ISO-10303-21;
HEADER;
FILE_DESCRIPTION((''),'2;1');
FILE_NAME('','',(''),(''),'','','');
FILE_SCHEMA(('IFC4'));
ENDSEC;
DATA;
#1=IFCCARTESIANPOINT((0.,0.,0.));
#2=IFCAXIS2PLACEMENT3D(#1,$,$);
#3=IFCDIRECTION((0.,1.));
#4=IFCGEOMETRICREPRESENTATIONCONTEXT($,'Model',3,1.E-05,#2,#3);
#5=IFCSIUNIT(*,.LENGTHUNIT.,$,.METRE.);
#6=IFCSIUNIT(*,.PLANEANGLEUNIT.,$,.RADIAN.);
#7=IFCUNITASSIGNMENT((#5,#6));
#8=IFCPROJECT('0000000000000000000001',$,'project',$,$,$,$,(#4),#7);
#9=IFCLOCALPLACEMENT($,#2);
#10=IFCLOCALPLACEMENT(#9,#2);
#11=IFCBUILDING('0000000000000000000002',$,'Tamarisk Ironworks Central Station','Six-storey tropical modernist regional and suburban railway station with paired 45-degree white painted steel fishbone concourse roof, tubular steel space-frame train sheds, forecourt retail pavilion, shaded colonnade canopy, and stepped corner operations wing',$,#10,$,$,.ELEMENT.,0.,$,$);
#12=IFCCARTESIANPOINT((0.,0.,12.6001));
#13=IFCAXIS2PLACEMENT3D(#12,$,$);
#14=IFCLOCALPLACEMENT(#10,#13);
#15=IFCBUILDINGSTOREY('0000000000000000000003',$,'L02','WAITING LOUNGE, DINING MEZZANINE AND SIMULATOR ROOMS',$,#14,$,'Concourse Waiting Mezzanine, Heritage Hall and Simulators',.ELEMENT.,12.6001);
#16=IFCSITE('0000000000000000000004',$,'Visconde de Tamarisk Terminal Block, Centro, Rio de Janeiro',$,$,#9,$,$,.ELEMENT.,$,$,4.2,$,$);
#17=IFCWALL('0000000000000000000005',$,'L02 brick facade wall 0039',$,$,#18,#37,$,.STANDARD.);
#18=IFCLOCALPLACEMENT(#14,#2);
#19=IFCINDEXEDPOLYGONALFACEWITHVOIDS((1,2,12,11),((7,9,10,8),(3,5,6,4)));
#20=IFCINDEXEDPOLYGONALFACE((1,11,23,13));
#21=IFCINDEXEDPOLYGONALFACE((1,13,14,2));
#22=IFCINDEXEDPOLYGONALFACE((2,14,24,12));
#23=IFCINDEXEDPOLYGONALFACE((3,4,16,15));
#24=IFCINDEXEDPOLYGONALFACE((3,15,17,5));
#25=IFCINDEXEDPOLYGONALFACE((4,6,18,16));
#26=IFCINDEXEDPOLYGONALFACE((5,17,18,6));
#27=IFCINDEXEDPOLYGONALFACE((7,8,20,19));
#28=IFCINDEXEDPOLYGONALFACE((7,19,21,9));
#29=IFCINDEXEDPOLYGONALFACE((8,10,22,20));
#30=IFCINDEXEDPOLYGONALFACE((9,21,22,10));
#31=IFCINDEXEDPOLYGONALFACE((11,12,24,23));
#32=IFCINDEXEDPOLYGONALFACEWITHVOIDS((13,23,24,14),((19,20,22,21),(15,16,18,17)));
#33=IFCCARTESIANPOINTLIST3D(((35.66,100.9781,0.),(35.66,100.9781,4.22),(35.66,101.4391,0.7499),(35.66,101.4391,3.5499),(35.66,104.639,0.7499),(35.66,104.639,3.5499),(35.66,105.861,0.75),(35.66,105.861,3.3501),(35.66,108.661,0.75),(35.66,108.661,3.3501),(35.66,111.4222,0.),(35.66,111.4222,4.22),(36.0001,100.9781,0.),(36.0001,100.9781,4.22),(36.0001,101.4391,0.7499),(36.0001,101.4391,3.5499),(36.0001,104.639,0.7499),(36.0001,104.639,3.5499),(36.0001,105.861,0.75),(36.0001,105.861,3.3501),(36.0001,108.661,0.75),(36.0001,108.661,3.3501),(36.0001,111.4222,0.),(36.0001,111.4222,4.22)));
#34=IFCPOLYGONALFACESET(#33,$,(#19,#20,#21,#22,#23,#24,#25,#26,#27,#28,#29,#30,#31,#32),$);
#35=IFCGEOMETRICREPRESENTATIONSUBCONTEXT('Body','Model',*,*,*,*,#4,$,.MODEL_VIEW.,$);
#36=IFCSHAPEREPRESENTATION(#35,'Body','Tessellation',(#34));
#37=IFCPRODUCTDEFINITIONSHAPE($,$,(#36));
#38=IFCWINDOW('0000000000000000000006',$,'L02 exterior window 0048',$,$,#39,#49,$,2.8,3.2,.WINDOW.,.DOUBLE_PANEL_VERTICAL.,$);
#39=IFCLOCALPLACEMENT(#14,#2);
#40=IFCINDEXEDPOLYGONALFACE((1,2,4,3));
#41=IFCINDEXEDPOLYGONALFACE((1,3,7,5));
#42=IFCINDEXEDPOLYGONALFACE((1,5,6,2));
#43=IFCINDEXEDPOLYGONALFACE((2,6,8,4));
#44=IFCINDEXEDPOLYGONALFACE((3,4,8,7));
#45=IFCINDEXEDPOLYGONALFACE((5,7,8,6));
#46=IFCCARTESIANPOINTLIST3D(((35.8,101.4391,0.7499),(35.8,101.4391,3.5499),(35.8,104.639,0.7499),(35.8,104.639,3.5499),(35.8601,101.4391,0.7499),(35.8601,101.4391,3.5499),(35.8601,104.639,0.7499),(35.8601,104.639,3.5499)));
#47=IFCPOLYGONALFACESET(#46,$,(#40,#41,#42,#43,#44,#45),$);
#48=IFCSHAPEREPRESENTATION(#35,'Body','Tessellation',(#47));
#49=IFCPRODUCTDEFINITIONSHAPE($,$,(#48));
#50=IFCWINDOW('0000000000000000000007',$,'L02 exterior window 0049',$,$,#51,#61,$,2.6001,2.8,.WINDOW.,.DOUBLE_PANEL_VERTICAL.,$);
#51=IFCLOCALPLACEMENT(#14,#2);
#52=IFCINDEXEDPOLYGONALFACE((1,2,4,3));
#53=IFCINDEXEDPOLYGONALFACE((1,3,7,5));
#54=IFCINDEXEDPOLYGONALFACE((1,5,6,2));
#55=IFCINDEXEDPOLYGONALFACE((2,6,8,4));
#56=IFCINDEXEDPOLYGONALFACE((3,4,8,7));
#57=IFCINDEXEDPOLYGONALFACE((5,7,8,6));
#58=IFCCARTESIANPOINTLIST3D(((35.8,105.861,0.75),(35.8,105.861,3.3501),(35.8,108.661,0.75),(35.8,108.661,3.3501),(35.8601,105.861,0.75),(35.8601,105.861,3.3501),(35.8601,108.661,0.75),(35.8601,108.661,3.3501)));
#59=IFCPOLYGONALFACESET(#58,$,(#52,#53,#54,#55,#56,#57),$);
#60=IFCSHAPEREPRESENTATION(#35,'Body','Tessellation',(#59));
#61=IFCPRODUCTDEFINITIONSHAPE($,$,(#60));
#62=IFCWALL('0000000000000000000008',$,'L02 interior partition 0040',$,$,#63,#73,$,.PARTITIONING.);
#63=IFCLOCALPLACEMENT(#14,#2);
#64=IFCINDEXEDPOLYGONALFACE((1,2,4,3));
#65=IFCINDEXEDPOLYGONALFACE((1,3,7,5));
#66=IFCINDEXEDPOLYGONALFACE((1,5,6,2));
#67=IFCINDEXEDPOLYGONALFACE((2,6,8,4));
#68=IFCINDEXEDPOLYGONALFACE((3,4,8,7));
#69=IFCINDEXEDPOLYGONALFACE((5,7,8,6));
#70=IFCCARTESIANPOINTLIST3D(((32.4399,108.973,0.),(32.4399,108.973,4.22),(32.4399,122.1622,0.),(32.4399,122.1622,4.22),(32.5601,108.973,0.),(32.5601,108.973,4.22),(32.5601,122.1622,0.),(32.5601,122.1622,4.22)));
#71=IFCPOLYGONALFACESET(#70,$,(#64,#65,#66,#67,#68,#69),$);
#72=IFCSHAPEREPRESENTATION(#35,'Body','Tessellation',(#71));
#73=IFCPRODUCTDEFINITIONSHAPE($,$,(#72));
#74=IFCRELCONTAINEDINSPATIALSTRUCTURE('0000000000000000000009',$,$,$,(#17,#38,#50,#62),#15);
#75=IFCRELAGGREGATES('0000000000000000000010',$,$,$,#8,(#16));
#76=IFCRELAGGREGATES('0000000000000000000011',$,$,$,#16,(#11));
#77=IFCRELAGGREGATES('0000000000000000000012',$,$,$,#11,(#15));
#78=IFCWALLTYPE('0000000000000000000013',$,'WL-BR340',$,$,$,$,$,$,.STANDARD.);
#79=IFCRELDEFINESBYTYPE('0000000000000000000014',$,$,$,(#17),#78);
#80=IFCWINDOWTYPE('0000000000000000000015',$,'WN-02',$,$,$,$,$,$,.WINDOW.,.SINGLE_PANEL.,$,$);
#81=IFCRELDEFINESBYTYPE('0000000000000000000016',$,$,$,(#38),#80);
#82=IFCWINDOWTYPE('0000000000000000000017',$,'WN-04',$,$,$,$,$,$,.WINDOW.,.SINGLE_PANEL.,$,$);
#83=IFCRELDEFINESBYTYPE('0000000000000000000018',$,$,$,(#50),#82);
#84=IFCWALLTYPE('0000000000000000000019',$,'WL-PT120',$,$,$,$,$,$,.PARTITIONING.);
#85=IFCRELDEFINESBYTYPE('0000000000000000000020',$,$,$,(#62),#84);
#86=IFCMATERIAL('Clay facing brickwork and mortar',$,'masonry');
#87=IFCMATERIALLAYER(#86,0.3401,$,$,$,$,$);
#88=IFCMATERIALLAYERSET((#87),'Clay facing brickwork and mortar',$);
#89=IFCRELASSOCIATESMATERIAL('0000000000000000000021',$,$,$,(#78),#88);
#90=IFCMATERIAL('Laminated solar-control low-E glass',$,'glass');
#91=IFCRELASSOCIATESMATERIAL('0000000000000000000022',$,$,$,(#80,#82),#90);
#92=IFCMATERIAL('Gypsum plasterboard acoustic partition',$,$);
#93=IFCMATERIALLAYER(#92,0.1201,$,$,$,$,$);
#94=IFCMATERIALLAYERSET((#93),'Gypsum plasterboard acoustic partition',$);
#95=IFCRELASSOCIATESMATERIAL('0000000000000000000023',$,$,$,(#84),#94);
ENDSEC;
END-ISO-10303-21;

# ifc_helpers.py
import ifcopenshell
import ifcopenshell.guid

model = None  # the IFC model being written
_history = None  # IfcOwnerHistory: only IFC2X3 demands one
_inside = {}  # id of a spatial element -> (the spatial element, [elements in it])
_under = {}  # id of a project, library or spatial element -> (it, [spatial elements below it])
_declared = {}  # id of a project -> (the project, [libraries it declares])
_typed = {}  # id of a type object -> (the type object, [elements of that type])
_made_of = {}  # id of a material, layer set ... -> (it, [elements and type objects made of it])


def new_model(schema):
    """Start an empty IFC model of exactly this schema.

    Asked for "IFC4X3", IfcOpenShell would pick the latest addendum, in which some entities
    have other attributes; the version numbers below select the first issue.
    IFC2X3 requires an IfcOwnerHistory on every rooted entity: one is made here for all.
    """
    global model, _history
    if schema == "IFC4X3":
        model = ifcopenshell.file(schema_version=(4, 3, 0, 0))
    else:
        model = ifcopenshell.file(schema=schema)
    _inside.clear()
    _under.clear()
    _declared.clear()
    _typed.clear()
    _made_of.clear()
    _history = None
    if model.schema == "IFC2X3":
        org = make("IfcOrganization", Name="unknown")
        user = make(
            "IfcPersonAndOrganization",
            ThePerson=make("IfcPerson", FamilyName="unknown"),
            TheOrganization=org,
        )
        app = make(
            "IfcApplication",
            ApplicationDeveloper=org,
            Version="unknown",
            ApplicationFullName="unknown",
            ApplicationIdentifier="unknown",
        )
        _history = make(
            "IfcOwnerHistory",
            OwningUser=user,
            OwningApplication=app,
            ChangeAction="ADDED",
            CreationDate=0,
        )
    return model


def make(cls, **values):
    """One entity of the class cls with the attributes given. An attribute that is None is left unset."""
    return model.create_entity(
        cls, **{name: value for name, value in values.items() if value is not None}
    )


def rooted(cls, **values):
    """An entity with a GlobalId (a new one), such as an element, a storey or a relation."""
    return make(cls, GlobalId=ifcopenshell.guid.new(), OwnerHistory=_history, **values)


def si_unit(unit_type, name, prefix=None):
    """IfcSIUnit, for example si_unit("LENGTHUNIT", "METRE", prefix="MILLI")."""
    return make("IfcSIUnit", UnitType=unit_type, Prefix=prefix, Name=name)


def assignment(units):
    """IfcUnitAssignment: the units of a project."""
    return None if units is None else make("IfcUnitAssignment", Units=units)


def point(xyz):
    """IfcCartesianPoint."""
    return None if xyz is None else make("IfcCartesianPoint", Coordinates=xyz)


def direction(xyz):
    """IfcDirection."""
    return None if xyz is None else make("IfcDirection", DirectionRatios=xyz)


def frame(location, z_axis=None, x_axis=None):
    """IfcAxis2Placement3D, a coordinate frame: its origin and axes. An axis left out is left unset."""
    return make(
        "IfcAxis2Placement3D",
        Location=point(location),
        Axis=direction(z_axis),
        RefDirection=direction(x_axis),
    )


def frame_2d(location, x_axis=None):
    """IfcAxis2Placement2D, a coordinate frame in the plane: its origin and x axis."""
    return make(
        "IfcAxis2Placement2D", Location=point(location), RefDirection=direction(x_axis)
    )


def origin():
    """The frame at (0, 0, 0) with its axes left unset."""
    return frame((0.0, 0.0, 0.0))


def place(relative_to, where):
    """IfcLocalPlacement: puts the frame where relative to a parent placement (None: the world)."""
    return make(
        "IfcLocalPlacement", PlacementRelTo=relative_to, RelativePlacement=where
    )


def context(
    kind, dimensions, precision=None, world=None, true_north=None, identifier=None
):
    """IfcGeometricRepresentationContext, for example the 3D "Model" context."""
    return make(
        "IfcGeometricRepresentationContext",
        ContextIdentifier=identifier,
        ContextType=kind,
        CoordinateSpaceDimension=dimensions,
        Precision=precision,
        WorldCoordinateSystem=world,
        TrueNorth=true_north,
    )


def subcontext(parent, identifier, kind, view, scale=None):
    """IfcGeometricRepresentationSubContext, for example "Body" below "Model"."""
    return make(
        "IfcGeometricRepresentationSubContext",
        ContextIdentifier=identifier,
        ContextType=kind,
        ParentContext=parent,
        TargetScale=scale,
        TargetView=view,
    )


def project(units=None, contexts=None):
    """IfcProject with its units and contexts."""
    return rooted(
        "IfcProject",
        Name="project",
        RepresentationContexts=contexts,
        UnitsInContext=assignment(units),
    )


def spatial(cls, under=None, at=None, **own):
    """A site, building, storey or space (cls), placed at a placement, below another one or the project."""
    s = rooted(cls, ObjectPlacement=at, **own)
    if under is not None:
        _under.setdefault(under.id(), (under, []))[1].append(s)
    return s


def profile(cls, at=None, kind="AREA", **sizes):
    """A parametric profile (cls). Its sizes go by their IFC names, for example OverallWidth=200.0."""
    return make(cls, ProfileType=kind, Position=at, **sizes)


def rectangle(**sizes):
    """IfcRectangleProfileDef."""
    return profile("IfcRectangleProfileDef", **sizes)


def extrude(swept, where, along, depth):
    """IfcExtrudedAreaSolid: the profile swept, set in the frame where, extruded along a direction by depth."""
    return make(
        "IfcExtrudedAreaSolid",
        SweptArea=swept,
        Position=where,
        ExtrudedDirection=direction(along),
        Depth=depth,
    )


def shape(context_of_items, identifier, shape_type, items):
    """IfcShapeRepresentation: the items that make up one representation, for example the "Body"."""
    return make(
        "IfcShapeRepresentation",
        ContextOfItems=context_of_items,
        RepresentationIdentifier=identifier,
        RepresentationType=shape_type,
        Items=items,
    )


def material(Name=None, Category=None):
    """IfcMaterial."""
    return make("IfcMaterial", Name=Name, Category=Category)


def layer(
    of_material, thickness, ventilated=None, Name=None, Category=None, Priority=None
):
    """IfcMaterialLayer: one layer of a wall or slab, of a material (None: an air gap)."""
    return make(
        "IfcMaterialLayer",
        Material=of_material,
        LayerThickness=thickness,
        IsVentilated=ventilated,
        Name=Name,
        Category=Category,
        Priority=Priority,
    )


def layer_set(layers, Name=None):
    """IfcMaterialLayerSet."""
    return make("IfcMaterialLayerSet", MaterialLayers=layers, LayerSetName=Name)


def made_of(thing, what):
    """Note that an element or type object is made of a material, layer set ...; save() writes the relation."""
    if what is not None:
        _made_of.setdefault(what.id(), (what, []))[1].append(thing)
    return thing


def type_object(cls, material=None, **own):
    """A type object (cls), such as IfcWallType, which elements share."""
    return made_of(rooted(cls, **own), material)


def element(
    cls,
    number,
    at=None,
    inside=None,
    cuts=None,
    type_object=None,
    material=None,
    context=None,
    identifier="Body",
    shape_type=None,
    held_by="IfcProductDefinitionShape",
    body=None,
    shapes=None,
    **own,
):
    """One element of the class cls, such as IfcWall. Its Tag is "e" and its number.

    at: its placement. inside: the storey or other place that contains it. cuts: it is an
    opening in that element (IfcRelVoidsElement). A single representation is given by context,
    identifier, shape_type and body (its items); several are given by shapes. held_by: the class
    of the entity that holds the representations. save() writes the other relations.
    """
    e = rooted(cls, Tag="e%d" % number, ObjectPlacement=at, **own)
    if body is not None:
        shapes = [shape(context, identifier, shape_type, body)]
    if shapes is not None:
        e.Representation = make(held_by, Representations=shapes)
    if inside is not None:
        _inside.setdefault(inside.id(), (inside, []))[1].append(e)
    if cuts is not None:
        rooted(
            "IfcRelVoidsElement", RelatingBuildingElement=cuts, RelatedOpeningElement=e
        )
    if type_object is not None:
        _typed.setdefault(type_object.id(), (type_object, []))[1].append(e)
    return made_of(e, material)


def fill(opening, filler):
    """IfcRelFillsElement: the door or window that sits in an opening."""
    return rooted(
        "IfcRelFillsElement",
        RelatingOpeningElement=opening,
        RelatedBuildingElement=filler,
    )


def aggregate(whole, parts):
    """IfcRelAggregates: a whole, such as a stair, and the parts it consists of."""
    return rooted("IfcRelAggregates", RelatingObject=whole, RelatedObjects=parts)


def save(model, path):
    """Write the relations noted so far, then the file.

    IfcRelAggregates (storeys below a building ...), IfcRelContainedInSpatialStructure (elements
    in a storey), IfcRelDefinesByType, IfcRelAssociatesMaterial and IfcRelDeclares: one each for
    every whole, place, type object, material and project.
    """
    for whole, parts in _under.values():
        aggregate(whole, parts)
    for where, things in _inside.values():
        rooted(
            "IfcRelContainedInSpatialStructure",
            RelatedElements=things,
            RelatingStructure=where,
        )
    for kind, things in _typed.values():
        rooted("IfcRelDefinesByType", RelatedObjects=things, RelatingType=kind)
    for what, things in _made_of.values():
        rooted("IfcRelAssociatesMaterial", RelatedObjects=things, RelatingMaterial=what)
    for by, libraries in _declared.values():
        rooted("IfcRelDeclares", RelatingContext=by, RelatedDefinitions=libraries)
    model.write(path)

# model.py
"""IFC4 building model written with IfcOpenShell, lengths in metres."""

from ifc_helpers import new_model, si_unit, direction, frame, frame_2d, origin, place, context, subcontext, project, spatial, rectangle, extrude, material, layer, layer_set, type_object, element, fill, save


model = new_model("IFC4")

# Units and contexts
model_context = context("Model", 3, precision=1e-05, world=origin(), true_north=direction((0.0, 1.0)))
body_context = subcontext(model_context, "Body", "Model", "MODEL_VIEW")
ifc_project = project(units=[si_unit("LENGTHUNIT", "METRE"), si_unit("PLANEANGLEUNIT", "RADIAN")], contexts=[model_context])

# Site, building, storey
site_placement = place(None, origin())
site = spatial("IfcSite", under=ifc_project, at=site_placement, Name="Visconde de Tamarisk Terminal Block, Centro, Rio de Janeiro", CompositionType="ELEMENT", RefElevation=4.2)
building_placement = place(site_placement, origin())
building = spatial("IfcBuilding", under=site, at=building_placement, Name="Tamarisk Ironworks Central Station", Description="Six-storey tropical modernist regional and suburban railway station with paired 45-degree white painted steel fishbone concourse roof, tubular steel space-frame train sheds, forecourt retail pavilion, shaded colonnade canopy, and stepped corner operations wing", CompositionType="ELEMENT", ElevationOfRefHeight=0.0)
storey_placement = place(building_placement, frame((0.0, 0.0, 12.6001)))
storey = spatial("IfcBuildingStorey", under=building, at=storey_placement, Name="L02", Description="WAITING LOUNGE, DINING MEZZANINE AND SIMULATOR ROOMS", LongName="Concourse Waiting Mezzanine, Heritage Hall and Simulators", CompositionType="ELEMENT", Elevation=12.6001)

# Shared definitions
ifc_material_1 = material(Name="Laminated solar-control low-E glass", Category="glass")

# Wall, openings, windows
ifc_material_2 = material(Name="Clay facing brickwork and mortar", Category="masonry")
ifc_layer_1 = layer(ifc_material_2, 0.3401)
ifc_layer_set_1 = layer_set([ifc_layer_1], Name="Clay facing brickwork and mortar")
wall_type_1 = type_object("IfcWallType", Name="WL-BR340", PredefinedType="STANDARD", material=ifc_layer_set_1)
window_type_1 = type_object("IfcWindowType", Name="WN-02", PartitioningType="SINGLE_PANEL", PredefinedType="WINDOW", material=ifc_material_1)
window_type_2 = type_object("IfcWindowType", Name="WN-04", PartitioningType="SINGLE_PANEL", PredefinedType="WINDOW", material=ifc_material_1)
wall_1_placement = place(storey_placement, frame((35.8301, 100.978, 0.0), z_axis=(0.0, 0.0, 1.0), x_axis=(0.0, 1.0, 0.0)))
wall_1 = element("IfcWall", 1, at=wall_1_placement, inside=storey, type_object=wall_type_1, Name="L02 brick facade wall 0039", PredefinedType="STANDARD", context=body_context, shape_type="SweptSolid", body=[
    extrude(rectangle(XDim=10.4441, YDim=0.3401, at=frame_2d((5.2222, 0.0))), origin(), (0.0, 0.0, 1.0), 4.22),
])
opening_1_placement = place(wall_1_placement, frame((0.4609, 0.0, 0.75)))
opening_1 = element("IfcOpeningElement", 2, at=opening_1_placement, cuts=wall_1, PredefinedType="OPENING", context=body_context, shape_type="SweptSolid", body=[
    extrude(rectangle(XDim=3.2, YDim=2.8, at=frame_2d((1.6001, 1.3999))), frame((0.0, 0.1821, 0.0), z_axis=(0.0, -1.0, 0.0), x_axis=(1.0, 0.0, 0.0)), (0.0, 0.0, 1.0), 0.364),
])
opening_2_placement = place(wall_1_placement, frame((4.8831, 0.0, 0.75)))
opening_2 = element("IfcOpeningElement", 3, at=opening_2_placement, cuts=wall_1, PredefinedType="OPENING", context=body_context, shape_type="SweptSolid", body=[
    extrude(rectangle(XDim=2.8, YDim=2.6001, at=frame_2d((1.3999, 1.3))), frame((0.0, 0.1821, 0.0), z_axis=(0.0, -1.0, 0.0), x_axis=(1.0, 0.0, 0.0)), (0.0, 0.0, 1.0), 0.364),
])
window_1_placement = place(opening_1_placement, origin())
window_1 = element("IfcWindow", 4, at=window_1_placement, inside=storey, type_object=window_type_1, Name="L02 exterior window 0048", OverallHeight=2.8, OverallWidth=3.2, PartitioningType="DOUBLE_PANEL_VERTICAL", PredefinedType="WINDOW", context=body_context, shape_type="SweptSolid", body=[
    extrude(rectangle(XDim=3.2, YDim=2.8, at=frame_2d((1.6001, 1.3999))), frame((0.0, 0.03, 0.0), z_axis=(0.0, -1.0, 0.0), x_axis=(1.0, 0.0, 0.0)), (0.0, 0.0, 1.0), 0.0601),
])
fill(opening_1, window_1)
window_2_placement = place(opening_2_placement, origin())
window_2 = element("IfcWindow", 5, at=window_2_placement, inside=storey, type_object=window_type_2, Name="L02 exterior window 0049", OverallHeight=2.6001, OverallWidth=2.8, PartitioningType="DOUBLE_PANEL_VERTICAL", PredefinedType="WINDOW", context=body_context, shape_type="SweptSolid", body=[
    extrude(rectangle(XDim=2.8, YDim=2.6001, at=frame_2d((1.3999, 1.3))), frame((0.0, 0.03, 0.0), z_axis=(0.0, -1.0, 0.0), x_axis=(1.0, 0.0, 0.0)), (0.0, 0.0, 1.0), 0.0601),
])
fill(opening_2, window_2)

# Wall
ifc_material_3 = material(Name="Gypsum plasterboard acoustic partition")
ifc_layer_2 = layer(ifc_material_3, 0.1201)
ifc_layer_set_2 = layer_set([ifc_layer_2], Name="Gypsum plasterboard acoustic partition")
wall_type_2 = type_object("IfcWallType", Name="WL-PT120", PredefinedType="PARTITIONING", material=ifc_layer_set_2)
wall_2_placement = place(storey_placement, frame((32.5, 108.9729, 0.0), z_axis=(0.0, 0.0, 1.0), x_axis=(0.0, 1.0, 0.0)))
element("IfcWall", 6, at=wall_2_placement, inside=storey, type_object=wall_type_2, Name="L02 interior partition 0040", PredefinedType="PARTITIONING", context=body_context, shape_type="SweptSolid", body=[
    extrude(rectangle(XDim=13.1892, YDim=0.1201, at=frame_2d((6.5947, 0.0))), origin(), (0.0, 0.0, 1.0), 4.22),
])

save(model, "model.ifc")
